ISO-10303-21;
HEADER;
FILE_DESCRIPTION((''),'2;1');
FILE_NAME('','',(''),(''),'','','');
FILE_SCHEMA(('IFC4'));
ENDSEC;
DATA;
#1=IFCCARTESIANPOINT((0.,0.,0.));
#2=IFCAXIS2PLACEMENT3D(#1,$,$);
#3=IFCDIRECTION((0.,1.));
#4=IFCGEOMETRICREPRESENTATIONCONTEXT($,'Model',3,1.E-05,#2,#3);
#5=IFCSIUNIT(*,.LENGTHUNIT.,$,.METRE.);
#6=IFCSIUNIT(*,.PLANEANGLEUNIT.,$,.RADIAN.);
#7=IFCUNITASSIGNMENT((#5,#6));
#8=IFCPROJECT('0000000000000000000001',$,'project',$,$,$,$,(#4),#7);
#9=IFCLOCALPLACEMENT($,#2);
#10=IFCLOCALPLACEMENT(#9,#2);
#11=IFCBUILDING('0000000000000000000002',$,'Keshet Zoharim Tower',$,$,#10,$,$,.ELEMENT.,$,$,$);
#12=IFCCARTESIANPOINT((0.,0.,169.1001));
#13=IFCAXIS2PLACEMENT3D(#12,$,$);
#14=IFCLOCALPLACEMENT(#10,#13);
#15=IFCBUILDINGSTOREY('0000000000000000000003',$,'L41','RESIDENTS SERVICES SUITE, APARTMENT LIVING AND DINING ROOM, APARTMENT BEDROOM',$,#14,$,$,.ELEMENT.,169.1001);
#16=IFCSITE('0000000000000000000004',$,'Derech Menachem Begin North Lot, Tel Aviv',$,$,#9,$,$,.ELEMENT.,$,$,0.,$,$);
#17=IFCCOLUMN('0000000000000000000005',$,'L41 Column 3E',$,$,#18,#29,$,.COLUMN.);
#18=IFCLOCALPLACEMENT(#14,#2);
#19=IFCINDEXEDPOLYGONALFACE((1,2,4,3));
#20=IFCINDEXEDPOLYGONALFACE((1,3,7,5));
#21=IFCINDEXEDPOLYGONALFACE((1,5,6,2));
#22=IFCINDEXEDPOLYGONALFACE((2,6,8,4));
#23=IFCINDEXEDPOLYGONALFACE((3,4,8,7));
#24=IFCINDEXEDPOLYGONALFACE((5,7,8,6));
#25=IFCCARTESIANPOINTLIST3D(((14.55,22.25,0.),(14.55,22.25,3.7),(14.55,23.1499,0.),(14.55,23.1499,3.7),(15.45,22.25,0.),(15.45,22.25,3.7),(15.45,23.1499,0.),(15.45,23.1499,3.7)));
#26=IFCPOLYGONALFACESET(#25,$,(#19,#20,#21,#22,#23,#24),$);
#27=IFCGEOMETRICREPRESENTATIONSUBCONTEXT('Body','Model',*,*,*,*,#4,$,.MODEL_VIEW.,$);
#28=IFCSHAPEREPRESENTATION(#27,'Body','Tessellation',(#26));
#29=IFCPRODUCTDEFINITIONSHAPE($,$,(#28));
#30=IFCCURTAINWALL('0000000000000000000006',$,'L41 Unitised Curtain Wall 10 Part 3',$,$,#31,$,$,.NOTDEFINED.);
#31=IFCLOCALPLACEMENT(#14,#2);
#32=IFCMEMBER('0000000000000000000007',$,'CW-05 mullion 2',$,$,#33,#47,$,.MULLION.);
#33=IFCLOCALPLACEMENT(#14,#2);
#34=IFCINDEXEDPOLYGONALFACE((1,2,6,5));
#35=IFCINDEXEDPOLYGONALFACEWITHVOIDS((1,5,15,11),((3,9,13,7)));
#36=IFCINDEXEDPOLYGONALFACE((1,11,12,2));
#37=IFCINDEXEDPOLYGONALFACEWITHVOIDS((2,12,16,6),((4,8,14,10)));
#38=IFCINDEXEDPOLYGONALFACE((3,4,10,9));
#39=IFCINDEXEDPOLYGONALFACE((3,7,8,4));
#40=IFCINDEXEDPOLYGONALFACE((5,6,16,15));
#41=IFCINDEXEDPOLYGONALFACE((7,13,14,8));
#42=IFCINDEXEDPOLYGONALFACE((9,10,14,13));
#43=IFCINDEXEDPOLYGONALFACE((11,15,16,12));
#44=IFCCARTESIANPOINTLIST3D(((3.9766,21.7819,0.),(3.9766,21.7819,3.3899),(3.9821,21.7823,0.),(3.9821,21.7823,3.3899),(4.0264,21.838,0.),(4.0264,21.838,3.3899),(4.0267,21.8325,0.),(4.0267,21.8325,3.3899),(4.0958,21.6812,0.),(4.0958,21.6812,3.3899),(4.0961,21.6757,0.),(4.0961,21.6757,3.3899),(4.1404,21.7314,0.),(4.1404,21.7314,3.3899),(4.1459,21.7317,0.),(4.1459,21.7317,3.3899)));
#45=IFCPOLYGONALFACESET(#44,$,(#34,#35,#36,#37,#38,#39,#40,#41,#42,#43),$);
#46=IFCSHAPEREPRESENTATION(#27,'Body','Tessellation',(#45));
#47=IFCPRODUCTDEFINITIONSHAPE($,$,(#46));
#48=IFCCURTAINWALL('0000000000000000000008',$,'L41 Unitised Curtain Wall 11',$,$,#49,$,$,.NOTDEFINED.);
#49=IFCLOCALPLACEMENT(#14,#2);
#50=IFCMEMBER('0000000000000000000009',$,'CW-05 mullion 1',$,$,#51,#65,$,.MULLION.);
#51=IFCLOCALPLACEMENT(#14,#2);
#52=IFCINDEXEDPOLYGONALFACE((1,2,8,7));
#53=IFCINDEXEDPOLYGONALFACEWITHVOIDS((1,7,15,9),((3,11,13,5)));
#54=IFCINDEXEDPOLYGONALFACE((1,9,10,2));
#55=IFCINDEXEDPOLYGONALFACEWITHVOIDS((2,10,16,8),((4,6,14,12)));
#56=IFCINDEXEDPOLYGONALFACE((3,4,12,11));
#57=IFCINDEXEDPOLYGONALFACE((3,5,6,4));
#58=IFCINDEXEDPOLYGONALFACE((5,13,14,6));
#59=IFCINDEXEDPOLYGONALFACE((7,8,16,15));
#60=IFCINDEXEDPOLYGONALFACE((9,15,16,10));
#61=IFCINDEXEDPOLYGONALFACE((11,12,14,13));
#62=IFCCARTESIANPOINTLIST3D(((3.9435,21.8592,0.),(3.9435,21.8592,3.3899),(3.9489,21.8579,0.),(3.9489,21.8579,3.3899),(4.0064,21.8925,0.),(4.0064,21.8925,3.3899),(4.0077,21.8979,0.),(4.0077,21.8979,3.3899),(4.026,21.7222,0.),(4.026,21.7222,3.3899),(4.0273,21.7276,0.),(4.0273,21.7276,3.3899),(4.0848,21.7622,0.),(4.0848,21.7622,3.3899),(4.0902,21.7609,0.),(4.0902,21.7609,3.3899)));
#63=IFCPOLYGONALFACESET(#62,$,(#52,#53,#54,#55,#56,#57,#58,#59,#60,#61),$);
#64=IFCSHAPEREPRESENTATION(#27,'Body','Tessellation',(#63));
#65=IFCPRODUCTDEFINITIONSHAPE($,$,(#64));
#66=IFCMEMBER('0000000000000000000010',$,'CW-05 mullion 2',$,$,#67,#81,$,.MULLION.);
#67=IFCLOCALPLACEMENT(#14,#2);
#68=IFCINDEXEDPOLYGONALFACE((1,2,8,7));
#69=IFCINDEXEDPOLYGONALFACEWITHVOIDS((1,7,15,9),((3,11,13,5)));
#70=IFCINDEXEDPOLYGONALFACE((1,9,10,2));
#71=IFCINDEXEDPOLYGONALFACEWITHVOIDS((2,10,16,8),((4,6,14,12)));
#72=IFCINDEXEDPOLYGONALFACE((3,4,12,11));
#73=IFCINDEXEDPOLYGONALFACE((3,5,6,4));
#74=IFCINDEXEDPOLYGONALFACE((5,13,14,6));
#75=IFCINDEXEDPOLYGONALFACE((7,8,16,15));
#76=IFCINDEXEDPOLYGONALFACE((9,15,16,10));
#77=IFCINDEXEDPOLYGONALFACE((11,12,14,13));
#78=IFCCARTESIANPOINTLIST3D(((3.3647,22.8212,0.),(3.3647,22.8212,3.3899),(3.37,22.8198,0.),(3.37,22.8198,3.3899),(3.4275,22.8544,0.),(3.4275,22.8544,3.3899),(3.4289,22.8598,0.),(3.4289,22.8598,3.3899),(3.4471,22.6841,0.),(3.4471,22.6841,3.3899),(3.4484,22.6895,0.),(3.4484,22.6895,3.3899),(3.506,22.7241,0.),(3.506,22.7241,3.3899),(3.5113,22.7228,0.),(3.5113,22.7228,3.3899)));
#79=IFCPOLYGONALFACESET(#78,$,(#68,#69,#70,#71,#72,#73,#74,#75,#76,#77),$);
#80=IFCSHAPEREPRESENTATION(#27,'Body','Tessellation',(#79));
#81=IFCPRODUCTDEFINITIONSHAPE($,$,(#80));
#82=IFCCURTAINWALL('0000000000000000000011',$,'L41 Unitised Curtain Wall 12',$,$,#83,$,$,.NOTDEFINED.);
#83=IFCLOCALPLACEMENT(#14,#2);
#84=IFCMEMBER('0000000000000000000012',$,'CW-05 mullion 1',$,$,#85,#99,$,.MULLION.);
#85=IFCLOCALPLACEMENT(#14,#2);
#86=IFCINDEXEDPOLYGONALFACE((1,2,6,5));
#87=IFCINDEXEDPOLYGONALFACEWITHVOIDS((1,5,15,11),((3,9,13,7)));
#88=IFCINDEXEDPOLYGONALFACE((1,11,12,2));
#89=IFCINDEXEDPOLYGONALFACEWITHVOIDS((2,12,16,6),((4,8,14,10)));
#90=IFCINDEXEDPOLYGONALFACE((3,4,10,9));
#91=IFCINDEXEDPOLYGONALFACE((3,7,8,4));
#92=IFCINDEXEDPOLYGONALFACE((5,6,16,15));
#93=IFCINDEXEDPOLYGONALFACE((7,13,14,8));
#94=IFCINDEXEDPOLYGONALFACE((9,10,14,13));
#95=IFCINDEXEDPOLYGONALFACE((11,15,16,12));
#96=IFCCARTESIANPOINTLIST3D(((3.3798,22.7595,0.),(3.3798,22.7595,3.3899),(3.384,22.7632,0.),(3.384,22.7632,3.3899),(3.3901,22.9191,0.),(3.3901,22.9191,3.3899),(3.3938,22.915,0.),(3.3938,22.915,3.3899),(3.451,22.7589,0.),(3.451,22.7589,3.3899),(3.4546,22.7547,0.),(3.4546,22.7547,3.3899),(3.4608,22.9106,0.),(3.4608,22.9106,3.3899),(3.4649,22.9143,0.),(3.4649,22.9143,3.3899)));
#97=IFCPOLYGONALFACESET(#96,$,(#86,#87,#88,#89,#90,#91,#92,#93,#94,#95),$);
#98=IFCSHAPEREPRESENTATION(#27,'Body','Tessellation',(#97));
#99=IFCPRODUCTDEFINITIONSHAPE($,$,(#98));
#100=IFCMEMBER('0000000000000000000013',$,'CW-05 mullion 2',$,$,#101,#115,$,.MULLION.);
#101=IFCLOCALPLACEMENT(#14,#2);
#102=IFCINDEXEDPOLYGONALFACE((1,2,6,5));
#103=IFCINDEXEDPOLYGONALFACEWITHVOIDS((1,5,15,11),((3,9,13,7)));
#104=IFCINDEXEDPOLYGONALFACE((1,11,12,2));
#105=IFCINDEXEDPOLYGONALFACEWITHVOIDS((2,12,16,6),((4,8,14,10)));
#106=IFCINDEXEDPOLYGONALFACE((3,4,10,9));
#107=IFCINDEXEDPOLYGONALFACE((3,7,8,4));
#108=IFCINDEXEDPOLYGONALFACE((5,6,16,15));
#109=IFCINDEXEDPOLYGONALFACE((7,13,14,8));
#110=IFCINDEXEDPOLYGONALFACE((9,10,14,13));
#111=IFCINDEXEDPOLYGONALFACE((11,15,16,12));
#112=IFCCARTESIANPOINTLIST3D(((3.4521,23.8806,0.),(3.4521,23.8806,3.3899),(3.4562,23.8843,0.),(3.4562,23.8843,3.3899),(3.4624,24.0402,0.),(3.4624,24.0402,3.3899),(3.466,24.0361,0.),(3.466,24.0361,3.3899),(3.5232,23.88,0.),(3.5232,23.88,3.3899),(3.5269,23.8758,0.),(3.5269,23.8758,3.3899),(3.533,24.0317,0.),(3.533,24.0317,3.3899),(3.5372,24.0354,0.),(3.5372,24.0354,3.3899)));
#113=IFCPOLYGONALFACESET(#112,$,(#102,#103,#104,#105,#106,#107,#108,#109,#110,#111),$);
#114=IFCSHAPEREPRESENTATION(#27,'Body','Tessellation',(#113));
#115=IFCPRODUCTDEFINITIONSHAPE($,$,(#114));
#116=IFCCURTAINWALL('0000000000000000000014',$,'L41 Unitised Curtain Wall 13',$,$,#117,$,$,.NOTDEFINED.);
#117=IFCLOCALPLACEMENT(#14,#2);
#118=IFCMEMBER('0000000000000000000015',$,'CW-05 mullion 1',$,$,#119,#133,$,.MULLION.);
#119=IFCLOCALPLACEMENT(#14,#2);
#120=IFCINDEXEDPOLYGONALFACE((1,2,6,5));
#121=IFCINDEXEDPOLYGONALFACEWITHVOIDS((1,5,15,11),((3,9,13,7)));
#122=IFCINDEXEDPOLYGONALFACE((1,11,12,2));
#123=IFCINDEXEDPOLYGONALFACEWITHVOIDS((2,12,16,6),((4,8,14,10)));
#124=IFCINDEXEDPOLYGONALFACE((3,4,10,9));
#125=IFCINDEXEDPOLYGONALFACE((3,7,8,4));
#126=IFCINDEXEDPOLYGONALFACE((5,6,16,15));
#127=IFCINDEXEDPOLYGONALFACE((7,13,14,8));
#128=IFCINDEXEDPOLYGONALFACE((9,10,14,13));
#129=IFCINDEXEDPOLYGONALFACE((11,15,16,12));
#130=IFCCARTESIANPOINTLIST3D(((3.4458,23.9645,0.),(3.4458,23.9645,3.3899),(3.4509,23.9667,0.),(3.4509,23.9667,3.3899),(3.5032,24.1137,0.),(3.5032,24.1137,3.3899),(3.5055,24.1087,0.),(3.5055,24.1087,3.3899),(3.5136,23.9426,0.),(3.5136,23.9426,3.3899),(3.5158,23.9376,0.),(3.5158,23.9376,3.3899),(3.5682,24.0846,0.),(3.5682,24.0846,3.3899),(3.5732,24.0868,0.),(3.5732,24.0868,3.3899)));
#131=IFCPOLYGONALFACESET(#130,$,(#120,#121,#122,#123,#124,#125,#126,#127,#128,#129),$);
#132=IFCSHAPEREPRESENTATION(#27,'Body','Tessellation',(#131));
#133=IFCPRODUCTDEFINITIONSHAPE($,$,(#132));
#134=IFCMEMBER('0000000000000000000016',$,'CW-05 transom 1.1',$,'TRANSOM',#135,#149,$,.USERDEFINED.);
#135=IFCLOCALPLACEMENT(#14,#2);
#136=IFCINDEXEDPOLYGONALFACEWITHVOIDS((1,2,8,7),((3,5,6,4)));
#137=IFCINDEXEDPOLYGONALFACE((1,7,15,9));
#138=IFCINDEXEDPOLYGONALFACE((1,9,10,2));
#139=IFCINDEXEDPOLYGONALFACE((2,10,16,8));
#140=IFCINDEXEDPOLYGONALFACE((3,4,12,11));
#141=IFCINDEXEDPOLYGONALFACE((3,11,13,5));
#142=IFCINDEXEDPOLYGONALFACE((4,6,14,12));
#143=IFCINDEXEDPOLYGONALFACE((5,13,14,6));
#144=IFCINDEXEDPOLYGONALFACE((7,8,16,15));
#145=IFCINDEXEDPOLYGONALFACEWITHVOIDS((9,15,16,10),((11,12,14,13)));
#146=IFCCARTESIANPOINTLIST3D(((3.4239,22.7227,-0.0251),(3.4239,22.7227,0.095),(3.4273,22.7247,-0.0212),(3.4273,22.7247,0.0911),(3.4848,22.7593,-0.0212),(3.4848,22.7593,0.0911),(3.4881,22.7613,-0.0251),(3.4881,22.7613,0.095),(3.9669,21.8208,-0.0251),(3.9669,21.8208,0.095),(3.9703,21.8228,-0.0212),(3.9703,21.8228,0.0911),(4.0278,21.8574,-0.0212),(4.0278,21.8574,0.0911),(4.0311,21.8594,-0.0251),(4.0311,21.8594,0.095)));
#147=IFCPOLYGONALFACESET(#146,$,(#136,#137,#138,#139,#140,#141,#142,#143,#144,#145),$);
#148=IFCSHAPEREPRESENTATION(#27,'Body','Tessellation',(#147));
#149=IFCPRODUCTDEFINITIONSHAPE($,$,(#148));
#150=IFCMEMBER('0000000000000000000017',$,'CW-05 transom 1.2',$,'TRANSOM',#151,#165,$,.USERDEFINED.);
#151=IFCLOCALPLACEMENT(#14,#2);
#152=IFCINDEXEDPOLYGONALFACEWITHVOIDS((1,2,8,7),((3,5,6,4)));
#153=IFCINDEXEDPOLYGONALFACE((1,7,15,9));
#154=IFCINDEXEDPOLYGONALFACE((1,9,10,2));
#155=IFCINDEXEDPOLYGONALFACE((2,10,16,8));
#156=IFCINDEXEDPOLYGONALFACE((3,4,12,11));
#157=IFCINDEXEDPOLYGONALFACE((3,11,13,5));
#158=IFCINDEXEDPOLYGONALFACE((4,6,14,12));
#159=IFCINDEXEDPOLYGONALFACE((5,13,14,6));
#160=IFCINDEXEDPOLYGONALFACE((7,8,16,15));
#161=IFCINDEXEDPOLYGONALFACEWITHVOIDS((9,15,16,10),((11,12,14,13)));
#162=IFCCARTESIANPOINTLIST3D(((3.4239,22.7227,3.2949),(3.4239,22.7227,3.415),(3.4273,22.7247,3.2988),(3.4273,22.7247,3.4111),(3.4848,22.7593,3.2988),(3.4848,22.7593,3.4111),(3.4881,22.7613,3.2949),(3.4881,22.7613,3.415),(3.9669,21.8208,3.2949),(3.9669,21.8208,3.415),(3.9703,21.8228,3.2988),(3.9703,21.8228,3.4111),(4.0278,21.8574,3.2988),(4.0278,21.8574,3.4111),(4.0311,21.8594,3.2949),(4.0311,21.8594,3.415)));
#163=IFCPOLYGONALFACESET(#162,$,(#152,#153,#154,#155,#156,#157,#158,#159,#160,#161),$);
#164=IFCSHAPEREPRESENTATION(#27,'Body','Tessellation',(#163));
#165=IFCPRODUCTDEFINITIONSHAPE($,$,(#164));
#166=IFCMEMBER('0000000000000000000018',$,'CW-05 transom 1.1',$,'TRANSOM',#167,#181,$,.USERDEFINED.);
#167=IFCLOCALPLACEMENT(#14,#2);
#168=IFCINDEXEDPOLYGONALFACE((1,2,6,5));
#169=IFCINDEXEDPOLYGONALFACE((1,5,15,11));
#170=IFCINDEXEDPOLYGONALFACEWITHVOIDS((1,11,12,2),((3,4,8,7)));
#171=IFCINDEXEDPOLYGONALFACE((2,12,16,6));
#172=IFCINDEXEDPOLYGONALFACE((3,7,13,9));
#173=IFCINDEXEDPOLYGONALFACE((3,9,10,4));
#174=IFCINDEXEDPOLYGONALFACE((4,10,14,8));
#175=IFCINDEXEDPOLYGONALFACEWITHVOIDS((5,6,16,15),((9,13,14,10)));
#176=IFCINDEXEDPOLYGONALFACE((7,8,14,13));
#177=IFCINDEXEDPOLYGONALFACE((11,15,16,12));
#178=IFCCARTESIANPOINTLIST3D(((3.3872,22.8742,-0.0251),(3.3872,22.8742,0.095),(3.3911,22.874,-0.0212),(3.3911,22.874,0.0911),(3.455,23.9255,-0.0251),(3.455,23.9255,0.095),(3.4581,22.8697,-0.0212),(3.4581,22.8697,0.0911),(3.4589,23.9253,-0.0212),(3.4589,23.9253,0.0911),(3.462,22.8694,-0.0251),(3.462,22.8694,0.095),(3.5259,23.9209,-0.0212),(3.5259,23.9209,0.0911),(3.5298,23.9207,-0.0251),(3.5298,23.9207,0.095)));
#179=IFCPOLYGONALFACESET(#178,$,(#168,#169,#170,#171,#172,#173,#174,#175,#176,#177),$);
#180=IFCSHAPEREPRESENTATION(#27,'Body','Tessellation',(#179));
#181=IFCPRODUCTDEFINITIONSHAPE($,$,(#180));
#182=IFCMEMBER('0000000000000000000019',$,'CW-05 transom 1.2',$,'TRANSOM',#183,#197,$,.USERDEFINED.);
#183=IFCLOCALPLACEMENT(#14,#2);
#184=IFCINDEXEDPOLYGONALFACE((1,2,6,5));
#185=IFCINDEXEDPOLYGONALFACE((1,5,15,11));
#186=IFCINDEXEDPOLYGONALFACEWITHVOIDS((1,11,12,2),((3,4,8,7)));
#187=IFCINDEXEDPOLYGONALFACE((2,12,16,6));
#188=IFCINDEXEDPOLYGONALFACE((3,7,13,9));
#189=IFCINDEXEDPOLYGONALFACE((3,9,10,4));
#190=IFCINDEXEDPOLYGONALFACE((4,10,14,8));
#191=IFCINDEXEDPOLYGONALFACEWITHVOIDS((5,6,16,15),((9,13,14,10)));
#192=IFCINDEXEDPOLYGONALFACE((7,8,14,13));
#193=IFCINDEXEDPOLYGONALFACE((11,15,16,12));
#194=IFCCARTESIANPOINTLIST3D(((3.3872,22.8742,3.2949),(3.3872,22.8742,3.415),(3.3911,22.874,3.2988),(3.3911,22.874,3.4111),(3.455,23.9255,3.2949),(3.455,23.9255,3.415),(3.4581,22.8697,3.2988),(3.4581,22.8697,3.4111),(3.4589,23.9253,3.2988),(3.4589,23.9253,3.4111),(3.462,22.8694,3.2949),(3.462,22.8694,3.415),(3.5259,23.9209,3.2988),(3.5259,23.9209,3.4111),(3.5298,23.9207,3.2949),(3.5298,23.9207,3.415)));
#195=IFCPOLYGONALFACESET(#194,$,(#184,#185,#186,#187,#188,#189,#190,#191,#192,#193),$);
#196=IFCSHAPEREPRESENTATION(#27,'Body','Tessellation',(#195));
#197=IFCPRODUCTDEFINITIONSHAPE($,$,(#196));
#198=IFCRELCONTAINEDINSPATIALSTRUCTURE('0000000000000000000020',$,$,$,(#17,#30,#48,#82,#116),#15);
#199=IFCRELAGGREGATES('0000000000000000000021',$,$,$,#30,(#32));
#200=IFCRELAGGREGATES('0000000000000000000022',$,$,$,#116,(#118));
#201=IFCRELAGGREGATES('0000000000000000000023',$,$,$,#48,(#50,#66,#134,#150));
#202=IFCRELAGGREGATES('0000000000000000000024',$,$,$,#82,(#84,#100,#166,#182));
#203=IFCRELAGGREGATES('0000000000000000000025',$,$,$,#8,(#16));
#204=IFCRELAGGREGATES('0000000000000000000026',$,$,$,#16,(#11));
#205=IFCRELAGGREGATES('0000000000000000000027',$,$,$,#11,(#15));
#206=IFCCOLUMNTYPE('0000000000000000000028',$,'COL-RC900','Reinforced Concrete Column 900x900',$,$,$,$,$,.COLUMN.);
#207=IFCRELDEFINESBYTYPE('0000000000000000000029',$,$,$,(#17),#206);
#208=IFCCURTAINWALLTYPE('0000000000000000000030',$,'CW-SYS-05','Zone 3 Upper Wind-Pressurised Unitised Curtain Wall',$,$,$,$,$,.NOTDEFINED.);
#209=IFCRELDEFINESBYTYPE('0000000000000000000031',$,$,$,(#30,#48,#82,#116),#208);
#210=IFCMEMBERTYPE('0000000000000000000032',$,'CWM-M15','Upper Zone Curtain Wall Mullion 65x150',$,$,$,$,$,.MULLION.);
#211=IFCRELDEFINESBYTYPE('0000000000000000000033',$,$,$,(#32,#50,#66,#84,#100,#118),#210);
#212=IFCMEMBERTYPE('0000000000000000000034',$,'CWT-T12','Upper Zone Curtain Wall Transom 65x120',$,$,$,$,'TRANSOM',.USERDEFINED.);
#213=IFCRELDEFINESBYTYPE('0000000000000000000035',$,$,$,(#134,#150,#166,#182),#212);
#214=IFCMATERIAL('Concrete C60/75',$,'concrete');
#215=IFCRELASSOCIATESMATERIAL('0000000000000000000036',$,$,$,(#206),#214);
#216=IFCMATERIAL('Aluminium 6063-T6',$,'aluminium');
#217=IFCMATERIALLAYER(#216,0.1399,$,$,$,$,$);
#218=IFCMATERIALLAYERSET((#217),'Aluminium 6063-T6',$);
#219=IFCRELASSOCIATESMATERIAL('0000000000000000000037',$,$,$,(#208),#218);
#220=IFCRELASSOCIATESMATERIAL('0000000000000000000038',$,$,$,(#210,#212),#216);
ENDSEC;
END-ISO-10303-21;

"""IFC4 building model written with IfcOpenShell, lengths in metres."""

from ifc_helpers import new_model, si_unit, direction, frame, origin, origin_2d, place, context, subcontext, project, spatial, rectangle, hollow_rectangle, extrude, material, layer, layer_set, material_profile, profile_set, type_object, element, aggregate, save


model = new_model("IFC4")

# Units and contexts
model_context = context("Model", 3, precision=1e-05, world=origin(), true_north=direction((0.0, 1.0)))
body_context = subcontext(model_context, "Body", "Model", "MODEL_VIEW")
ifc_project = project(units=[si_unit("LENGTHUNIT", "METRE"), si_unit("PLANEANGLEUNIT", "RADIAN")], contexts=[model_context])

# Site, building, storey
site_placement = place(None, origin())
site = spatial("IfcSite", under=ifc_project, at=site_placement, Name="Derech Menachem Begin North Lot, Tel Aviv", CompositionType="ELEMENT", RefElevation=0.0)
building_placement = place(site_placement, origin())
building = spatial("IfcBuilding", under=site, at=building_placement, Name="Keshet Zoharim Tower", CompositionType="ELEMENT")
storey_placement = place(building_placement, frame((0.0, 0.0, 169.1001)))
storey = spatial("IfcBuildingStorey", under=building, at=storey_placement, Name="L41", Description="RESIDENTS SERVICES SUITE, APARTMENT LIVING AND DINING ROOM, APARTMENT BEDROOM", CompositionType="ELEMENT", Elevation=169.1001)

# Column
ifc_material_1 = material(Name="Concrete C60/75", Category="concrete")
ifc_material_profile_1 = material_profile(ifc_material_1, rectangle(XDim=0.8999, YDim=0.8999, at=origin_2d()), Name="RC900x900")
ifc_profile_set_1 = profile_set([ifc_material_profile_1], Name="Concrete C60/75")
column_type = type_object("IfcColumnType", Name="COL-RC900", Description="Reinforced Concrete Column 900x900", PredefinedType="COLUMN", material=ifc_profile_set_1)
column_placement = place(storey_placement, frame((15.0, 22.7, 0.0), z_axis=(0.0, 0.0, 1.0), x_axis=(1.0, 0.0, 0.0)))
element("IfcColumn", 1, at=column_placement, inside=storey, type_object=column_type, Name="L41 Column 3E", PredefinedType="COLUMN", context=body_context, shape_type="SweptSolid", body=[
    extrude(rectangle(XDim=0.8999, YDim=0.8999, at=origin_2d()), origin(), (0.0, 0.0, 1.0), 3.7),
])

# Curtain wall, member
ifc_material_2 = material(Name="Aluminium 6063-T6", Category="aluminium")
ifc_layer_1 = layer(ifc_material_2, 0.1399)
ifc_layer_set_1 = layer_set([ifc_layer_1], Name="Aluminium 6063-T6")
curtain_wall_type = type_object("IfcCurtainWallType", Name="CW-SYS-05", Description="Zone 3 Upper Wind-Pressurised Unitised Curtain Wall", PredefinedType="NOTDEFINED", material=ifc_layer_set_1)
curtain_wall_1_placement = place(storey_placement, origin())
curtain_wall_1 = element("IfcCurtainWall", 2, at=curtain_wall_1_placement, inside=storey, type_object=curtain_wall_type, Name="L41 Unitised Curtain Wall 10 Part 3", PredefinedType="NOTDEFINED")
ifc_material_profile_2 = material_profile(ifc_material_2, hollow_rectangle(XDim=0.075, YDim=0.1599, WallThickness=0.0039, at=origin_2d()), Name="MUL-75x160")
ifc_profile_set_2 = profile_set([ifc_material_profile_2], Name="Aluminium 6063-T6")
member_type_1 = type_object("IfcMemberType", Name="CWM-M15", Description="Upper Zone Curtain Wall Mullion 65x150", PredefinedType="MULLION", material=ifc_profile_set_2)
member_1_placement = place(storey_placement, frame((4.0613, 21.7568, 0.0), z_axis=(0.0, 0.0, 1.0), x_axis=(-0.664367, -0.747407, 0.0)))
member_1 = element("IfcMember", 3, at=member_1_placement, type_object=member_type_1, Name="CW-05 mullion 2", PredefinedType="MULLION", context=body_context, shape_type="SweptSolid", body=[
    extrude(hollow_rectangle(XDim=0.075, YDim=0.1599, WallThickness=0.0039, at=origin_2d()), origin(), (0.0, 0.0, 1.0), 3.3899),
])
aggregate(curtain_wall_1, [member_1])

# Curtain walls, members
curtain_wall_2_placement = place(storey_placement, origin())
curtain_wall_2 = element("IfcCurtainWall", 4, at=curtain_wall_2_placement, inside=storey, type_object=curtain_wall_type, Name="L41 Unitised Curtain Wall 11", PredefinedType="NOTDEFINED")
member_2_placement = place(storey_placement, frame((4.0168, 21.8101, 0.0), z_axis=(0.0, 0.0, 1.0), x_axis=(-0.856826, -0.515605, 0.0)))
member_2 = element("IfcMember", 5, at=member_2_placement, type_object=member_type_1, Name="CW-05 mullion 1", PredefinedType="MULLION", context=body_context, shape_type="SweptSolid", body=[
    extrude(hollow_rectangle(XDim=0.075, YDim=0.1599, WallThickness=0.0039, at=origin_2d()), origin(), (0.0, 0.0, 1.0), 3.3899),
])
member_3_placement = place(storey_placement, frame((3.438, 22.772, 0.0), z_axis=(0.0, 0.0, 1.0), x_axis=(-0.856826, -0.515605, 0.0)))
member_3 = element("IfcMember", 6, at=member_3_placement, type_object=member_type_1, Name="CW-05 mullion 2", PredefinedType="MULLION", context=body_context, shape_type="SweptSolid", body=[
    extrude(hollow_rectangle(XDim=0.075, YDim=0.1599, WallThickness=0.0039, at=origin_2d()), origin(), (0.0, 0.0, 1.0), 3.3899),
])
curtain_wall_3_placement = place(storey_placement, origin())
curtain_wall_3 = element("IfcCurtainWall", 7, at=curtain_wall_3_placement, inside=storey, type_object=curtain_wall_type, Name="L41 Unitised Curtain Wall 12", PredefinedType="NOTDEFINED")
member_4_placement = place(storey_placement, frame((3.4224, 22.8369, 0.0), z_axis=(0.0, 0.0, 1.0), x_axis=(-0.997917, 0.064517, 0.0)))
member_4 = element("IfcMember", 8, at=member_4_placement, type_object=member_type_1, Name="CW-05 mullion 1", PredefinedType="MULLION", context=body_context, shape_type="SweptSolid", body=[
    extrude(hollow_rectangle(XDim=0.075, YDim=0.1599, WallThickness=0.0039, at=origin_2d()), origin(), (0.0, 0.0, 1.0), 3.3899),
])
member_5_placement = place(storey_placement, frame((3.4946, 23.958, 0.0), z_axis=(0.0, 0.0, 1.0), x_axis=(-0.997917, 0.064517, 0.0)))
member_5 = element("IfcMember", 9, at=member_5_placement, type_object=member_type_1, Name="CW-05 mullion 2", PredefinedType="MULLION", context=body_context, shape_type="SweptSolid", body=[
    extrude(hollow_rectangle(XDim=0.075, YDim=0.1599, WallThickness=0.0039, at=origin_2d()), origin(), (0.0, 0.0, 1.0), 3.3899),
])

# Curtain wall, member
curtain_wall_4_placement = place(storey_placement, origin())
curtain_wall_4 = element("IfcCurtainWall", 10, at=curtain_wall_4_placement, inside=storey, type_object=curtain_wall_type, Name="L41 Unitised Curtain Wall 13", PredefinedType="NOTDEFINED")
member_6_placement = place(storey_placement, frame((3.5095, 24.0256, 0.0), z_axis=(0.0, 0.0, 1.0), x_axis=(-0.933341, 0.35899, 0.0)))
member_6 = element("IfcMember", 11, at=member_6_placement, type_object=member_type_1, Name="CW-05 mullion 1", PredefinedType="MULLION", context=body_context, shape_type="SweptSolid", body=[
    extrude(hollow_rectangle(XDim=0.075, YDim=0.1599, WallThickness=0.0039, at=origin_2d()), origin(), (0.0, 0.0, 1.0), 3.3899),
])

# Members
ifc_material_profile_3 = material_profile(ifc_material_2, hollow_rectangle(XDim=0.075, YDim=0.1201, WallThickness=0.0039, at=origin_2d()), Name="TRN-75x120")
ifc_profile_set_3 = profile_set([ifc_material_profile_3], Name="Aluminium 6063-T6")
member_type_2 = type_object("IfcMemberType", Name="CWT-T12", Description="Upper Zone Curtain Wall Transom 65x120", ElementType="TRANSOM", PredefinedType="USERDEFINED", material=ifc_profile_set_3)
member_7_placement = place(storey_placement, frame((3.999, 21.8401, 0.0349), z_axis=(-0.515791, 0.856714, 0.0), x_axis=(-0.856714, -0.515791, 0.0)))
member_7 = element("IfcMember", 12, at=member_7_placement, type_object=member_type_2, Name="CW-05 transom 1.1", ObjectType="TRANSOM", PredefinedType="USERDEFINED", context=body_context, shape_type="SweptSolid", body=[
    extrude(hollow_rectangle(XDim=0.075, YDim=0.1201, WallThickness=0.0039, at=origin_2d()), origin(), (0.0, 0.0, 1.0), 1.0527),
])
member_8_placement = place(storey_placement, frame((3.999, 21.8401, 3.355), z_axis=(-0.515791, 0.856714, 0.0), x_axis=(-0.856714, -0.515791, 0.0)))
member_8 = element("IfcMember", 13, at=member_8_placement, type_object=member_type_2, Name="CW-05 transom 1.2", ObjectType="TRANSOM", PredefinedType="USERDEFINED", context=body_context, shape_type="SweptSolid", body=[
    extrude(hollow_rectangle(XDim=0.075, YDim=0.1201, WallThickness=0.0039, at=origin_2d()), origin(), (0.0, 0.0, 1.0), 1.0527),
])
member_9_placement = place(storey_placement, frame((3.4246, 22.8718, 0.0349), z_axis=(0.064427, 0.997922, 0.0), x_axis=(-0.997922, 0.064427, 0.0)))
member_9 = element("IfcMember", 14, at=member_9_placement, type_object=member_type_2, Name="CW-05 transom 1.1", ObjectType="TRANSOM", PredefinedType="USERDEFINED", context=body_context, shape_type="SweptSolid", body=[
    extrude(hollow_rectangle(XDim=0.075, YDim=0.1201, WallThickness=0.0039, at=origin_2d()), origin(), (0.0, 0.0, 1.0), 1.0535),
])
member_10_placement = place(storey_placement, frame((3.4246, 22.8718, 3.355), z_axis=(0.064427, 0.997922, 0.0), x_axis=(-0.997922, 0.064427, 0.0)))
member_10 = element("IfcMember", 15, at=member_10_placement, type_object=member_type_2, Name="CW-05 transom 1.2", ObjectType="TRANSOM", PredefinedType="USERDEFINED", context=body_context, shape_type="SweptSolid", body=[
    extrude(hollow_rectangle(XDim=0.075, YDim=0.1201, WallThickness=0.0039, at=origin_2d()), origin(), (0.0, 0.0, 1.0), 1.0535),
])
aggregate(curtain_wall_4, [member_6])

aggregate(curtain_wall_2, [member_2, member_3, member_7, member_8])
aggregate(curtain_wall_3, [member_4, member_5, member_9, member_10])

save(model, "model.ifc")
